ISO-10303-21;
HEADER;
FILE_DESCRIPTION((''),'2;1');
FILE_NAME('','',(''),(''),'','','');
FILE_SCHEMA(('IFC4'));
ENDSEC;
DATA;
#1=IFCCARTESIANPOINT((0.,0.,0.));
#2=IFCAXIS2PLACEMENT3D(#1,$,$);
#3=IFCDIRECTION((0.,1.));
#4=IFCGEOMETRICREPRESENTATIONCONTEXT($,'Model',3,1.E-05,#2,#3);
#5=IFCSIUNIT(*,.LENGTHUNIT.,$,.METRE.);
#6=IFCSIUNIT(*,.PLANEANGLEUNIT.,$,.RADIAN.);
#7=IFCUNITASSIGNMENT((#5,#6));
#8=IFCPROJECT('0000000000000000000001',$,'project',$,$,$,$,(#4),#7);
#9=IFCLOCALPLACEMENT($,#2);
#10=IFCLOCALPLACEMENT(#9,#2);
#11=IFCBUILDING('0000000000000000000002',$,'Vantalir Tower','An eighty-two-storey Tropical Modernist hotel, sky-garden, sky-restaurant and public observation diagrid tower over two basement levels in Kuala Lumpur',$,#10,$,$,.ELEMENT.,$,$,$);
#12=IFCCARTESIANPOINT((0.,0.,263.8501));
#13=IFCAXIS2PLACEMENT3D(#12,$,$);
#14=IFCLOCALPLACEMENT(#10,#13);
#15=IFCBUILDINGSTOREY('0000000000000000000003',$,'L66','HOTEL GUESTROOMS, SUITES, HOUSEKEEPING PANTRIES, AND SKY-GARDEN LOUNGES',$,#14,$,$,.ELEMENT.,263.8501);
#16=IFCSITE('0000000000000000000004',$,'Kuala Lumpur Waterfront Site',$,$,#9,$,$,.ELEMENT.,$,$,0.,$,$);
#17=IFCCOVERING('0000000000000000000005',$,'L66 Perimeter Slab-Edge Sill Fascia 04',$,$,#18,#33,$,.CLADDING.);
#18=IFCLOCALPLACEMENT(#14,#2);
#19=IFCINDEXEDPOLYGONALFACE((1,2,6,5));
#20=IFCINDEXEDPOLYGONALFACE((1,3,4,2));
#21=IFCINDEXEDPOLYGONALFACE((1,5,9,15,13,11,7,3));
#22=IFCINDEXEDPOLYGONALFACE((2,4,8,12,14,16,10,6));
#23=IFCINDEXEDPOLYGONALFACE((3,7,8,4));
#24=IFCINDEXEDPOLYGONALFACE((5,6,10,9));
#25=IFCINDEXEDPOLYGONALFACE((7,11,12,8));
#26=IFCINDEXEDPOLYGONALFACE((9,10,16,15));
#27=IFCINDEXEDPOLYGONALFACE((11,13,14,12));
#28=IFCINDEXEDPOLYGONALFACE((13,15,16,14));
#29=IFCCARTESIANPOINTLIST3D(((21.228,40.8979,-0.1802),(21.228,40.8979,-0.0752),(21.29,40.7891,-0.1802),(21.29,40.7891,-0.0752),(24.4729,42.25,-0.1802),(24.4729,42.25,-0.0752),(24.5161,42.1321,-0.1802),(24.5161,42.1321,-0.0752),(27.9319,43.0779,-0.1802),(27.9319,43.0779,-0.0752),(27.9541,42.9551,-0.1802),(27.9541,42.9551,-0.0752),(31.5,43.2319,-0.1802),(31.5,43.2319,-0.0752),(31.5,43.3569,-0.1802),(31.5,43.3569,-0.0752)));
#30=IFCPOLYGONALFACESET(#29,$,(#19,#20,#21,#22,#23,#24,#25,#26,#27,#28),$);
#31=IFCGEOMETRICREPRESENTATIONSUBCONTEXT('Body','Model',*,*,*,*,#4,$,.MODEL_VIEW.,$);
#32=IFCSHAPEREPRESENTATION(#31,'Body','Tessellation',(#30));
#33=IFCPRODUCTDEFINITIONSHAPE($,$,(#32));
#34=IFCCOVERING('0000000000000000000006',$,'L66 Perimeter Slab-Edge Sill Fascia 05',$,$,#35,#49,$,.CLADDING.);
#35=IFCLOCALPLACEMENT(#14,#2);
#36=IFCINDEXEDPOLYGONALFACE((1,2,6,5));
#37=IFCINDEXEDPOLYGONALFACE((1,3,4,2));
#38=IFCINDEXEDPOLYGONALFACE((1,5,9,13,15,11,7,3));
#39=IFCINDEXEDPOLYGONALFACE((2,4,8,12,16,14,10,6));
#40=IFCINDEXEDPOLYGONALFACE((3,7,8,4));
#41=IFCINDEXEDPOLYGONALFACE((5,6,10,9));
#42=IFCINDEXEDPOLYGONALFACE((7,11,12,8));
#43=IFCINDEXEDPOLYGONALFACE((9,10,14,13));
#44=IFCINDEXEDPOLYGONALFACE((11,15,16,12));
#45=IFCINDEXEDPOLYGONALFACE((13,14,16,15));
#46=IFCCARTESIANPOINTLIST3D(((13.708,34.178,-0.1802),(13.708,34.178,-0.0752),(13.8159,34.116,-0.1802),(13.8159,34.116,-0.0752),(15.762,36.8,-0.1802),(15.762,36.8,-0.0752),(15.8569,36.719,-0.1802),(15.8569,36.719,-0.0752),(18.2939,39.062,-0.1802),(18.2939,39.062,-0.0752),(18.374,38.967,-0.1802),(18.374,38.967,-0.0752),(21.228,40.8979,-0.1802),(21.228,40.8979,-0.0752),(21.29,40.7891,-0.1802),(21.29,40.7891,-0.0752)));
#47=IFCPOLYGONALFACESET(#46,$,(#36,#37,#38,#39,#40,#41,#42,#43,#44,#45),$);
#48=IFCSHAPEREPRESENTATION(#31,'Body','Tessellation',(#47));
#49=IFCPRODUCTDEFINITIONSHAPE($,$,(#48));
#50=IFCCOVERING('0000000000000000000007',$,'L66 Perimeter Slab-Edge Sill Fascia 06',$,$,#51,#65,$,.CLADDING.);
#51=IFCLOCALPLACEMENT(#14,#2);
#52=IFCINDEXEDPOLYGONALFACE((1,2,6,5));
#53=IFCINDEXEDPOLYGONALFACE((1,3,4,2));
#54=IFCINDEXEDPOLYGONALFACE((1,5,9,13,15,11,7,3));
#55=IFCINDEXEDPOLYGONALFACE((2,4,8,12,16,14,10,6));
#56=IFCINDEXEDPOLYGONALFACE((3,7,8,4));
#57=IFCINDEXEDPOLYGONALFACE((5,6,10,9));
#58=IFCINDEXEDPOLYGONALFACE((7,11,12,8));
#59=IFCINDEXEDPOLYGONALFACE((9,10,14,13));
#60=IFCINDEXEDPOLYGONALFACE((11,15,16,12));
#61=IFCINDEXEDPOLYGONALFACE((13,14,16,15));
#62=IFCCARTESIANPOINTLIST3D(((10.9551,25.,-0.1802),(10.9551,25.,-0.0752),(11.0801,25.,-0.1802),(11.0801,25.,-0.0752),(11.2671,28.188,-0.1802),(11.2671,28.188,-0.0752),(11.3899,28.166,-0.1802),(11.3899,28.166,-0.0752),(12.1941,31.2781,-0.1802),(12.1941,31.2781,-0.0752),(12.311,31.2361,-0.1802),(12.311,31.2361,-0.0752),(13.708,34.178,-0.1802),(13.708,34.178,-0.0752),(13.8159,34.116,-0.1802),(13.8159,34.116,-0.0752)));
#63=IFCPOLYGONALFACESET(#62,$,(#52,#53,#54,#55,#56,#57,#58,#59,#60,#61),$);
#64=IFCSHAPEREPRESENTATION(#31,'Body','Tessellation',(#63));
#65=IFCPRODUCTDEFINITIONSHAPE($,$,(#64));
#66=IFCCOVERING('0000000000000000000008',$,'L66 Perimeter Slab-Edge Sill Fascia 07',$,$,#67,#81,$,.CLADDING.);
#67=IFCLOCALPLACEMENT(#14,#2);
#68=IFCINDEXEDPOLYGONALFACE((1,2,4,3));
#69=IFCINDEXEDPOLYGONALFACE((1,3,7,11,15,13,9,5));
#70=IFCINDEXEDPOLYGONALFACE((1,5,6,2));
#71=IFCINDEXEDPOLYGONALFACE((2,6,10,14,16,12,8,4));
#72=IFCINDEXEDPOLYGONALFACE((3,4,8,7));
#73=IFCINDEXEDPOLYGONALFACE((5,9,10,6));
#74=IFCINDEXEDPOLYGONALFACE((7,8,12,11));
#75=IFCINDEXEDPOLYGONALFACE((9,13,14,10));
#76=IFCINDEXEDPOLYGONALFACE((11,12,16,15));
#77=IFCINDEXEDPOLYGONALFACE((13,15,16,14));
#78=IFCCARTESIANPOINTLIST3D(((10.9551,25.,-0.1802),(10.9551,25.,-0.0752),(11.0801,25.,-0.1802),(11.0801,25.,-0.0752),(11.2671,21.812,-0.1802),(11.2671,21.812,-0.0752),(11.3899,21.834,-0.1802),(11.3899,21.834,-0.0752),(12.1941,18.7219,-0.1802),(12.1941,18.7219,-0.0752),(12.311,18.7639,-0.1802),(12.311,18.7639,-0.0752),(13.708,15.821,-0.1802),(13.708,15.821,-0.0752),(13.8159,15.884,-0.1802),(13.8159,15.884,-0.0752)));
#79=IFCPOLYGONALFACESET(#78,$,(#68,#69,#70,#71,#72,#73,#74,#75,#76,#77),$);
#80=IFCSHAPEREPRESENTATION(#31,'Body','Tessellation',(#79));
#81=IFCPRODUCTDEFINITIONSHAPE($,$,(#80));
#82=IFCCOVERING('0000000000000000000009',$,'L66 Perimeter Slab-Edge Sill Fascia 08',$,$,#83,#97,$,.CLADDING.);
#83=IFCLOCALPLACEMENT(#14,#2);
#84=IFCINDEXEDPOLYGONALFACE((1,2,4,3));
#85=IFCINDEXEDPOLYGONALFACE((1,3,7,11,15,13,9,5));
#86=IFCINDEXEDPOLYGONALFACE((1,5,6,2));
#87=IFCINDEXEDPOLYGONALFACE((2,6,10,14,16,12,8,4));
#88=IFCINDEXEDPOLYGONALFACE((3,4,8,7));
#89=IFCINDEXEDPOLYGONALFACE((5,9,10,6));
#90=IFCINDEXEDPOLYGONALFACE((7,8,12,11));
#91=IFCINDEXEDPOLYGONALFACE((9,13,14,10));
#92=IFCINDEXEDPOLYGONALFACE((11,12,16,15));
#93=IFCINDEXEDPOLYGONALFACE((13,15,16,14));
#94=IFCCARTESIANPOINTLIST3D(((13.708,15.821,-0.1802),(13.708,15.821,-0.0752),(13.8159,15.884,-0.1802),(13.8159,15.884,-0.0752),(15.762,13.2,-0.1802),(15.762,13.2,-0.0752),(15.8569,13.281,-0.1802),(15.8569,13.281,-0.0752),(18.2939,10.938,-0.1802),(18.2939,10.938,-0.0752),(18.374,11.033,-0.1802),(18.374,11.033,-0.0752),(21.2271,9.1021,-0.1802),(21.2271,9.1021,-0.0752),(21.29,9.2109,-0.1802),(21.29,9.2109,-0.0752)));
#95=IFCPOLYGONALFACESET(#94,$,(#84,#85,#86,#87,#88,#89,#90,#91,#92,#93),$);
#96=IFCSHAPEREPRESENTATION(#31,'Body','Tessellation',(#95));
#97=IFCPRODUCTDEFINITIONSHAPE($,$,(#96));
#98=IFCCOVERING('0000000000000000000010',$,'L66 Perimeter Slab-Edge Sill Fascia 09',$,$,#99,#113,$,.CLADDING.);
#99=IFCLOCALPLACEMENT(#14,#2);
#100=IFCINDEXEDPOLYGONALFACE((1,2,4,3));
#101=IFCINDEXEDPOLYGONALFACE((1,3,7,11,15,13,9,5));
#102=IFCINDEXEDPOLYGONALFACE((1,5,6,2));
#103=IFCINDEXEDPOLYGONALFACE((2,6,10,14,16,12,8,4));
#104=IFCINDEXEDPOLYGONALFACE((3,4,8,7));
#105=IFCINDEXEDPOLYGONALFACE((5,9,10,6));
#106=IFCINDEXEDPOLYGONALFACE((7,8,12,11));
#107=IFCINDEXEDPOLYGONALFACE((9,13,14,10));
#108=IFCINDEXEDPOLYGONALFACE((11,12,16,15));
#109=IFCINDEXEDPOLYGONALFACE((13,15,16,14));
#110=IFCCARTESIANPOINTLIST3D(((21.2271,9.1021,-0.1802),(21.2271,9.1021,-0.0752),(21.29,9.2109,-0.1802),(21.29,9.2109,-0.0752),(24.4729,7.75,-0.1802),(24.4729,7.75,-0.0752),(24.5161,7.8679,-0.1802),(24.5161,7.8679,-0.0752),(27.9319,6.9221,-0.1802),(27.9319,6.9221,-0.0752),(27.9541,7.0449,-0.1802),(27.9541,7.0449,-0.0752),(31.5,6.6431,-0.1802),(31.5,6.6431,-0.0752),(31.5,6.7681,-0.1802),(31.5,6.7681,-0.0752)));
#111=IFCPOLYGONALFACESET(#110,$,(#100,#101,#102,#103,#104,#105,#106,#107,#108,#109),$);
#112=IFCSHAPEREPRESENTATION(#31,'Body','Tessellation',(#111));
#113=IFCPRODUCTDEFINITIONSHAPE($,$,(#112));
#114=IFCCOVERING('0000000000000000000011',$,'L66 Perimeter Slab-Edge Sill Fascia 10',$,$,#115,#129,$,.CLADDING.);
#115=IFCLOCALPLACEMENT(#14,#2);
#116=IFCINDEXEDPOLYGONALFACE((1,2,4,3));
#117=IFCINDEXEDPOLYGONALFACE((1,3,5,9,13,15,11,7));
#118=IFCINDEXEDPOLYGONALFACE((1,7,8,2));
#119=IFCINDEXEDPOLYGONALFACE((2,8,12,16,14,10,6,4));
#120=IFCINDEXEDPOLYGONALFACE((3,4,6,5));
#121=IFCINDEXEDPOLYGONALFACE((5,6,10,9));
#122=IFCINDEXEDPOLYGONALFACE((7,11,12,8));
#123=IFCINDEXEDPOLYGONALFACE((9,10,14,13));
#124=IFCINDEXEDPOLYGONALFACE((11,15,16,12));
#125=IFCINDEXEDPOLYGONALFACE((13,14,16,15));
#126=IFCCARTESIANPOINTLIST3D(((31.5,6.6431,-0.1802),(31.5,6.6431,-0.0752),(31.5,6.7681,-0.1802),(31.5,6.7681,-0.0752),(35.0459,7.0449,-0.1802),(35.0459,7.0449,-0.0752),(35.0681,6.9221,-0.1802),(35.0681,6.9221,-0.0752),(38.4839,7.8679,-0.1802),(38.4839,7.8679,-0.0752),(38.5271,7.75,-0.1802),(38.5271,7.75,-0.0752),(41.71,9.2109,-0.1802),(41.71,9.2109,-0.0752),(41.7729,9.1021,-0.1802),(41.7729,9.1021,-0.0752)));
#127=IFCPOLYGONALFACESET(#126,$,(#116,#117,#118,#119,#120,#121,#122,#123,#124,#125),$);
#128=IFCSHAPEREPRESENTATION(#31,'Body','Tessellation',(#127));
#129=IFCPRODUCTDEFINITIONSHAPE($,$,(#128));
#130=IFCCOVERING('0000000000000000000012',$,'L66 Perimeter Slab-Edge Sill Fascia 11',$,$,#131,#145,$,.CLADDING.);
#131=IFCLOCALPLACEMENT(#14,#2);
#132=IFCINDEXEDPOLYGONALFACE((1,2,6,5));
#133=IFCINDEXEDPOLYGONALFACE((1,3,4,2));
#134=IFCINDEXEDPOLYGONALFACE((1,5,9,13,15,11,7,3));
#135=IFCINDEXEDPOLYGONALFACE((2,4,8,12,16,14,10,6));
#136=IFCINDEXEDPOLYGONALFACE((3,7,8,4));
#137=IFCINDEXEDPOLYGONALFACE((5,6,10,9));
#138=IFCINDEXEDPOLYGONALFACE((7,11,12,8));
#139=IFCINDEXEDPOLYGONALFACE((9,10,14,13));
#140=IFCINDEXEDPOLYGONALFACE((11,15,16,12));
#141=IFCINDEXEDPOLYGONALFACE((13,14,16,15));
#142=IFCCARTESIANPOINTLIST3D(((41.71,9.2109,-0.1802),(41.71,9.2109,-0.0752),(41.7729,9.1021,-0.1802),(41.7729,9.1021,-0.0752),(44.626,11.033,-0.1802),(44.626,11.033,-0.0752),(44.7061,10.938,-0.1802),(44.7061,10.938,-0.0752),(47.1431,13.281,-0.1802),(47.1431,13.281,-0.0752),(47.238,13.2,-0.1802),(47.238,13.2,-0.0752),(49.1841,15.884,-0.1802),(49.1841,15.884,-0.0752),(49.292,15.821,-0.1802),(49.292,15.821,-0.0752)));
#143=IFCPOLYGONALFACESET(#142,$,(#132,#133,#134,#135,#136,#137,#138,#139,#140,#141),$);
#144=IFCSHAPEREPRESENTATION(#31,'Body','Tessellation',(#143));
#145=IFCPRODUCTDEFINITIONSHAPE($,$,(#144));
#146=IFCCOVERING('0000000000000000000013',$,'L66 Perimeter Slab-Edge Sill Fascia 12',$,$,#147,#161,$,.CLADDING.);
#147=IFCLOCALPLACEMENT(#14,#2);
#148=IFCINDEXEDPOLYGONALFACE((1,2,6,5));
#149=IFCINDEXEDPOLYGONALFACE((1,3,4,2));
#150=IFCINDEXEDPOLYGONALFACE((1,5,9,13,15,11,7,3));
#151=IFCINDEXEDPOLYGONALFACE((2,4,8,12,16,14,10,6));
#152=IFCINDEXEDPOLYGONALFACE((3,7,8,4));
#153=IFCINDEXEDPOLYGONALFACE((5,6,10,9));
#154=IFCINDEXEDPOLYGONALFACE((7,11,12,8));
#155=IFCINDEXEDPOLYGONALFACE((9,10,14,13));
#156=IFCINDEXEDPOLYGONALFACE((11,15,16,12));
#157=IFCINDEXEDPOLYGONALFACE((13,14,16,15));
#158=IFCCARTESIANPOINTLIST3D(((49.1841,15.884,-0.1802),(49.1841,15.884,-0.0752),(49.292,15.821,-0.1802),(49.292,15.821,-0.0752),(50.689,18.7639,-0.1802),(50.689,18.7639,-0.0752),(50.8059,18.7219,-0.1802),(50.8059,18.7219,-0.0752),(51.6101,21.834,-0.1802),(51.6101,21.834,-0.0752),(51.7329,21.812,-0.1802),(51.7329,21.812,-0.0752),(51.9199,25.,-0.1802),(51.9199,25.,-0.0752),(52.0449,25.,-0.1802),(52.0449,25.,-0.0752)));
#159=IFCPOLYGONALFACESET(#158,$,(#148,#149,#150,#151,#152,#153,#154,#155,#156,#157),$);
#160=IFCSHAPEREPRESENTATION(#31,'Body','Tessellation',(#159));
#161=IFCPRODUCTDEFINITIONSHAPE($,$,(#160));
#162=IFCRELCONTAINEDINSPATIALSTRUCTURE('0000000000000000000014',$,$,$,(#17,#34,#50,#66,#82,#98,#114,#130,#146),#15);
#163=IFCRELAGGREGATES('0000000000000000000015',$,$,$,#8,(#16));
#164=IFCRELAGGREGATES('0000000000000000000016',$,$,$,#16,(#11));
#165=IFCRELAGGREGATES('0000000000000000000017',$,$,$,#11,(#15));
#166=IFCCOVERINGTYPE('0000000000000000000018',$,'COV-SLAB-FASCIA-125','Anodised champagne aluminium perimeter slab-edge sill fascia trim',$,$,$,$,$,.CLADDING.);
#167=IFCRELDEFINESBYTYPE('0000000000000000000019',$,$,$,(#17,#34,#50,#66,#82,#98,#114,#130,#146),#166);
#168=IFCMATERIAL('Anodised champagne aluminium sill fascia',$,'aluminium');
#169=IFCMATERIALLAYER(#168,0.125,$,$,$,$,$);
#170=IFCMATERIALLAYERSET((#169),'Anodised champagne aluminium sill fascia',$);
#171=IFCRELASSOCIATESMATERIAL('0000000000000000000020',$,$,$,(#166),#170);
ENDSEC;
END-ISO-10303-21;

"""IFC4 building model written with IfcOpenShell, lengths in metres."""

from ifc_helpers import new_model, si_unit, direction, frame, origin, place, context, subcontext, project, spatial, polyline, outline, extrude, material, layer, layer_set, type_object, element, save


model = new_model("IFC4")

# Units and contexts
model_context = context("Model", 3, precision=1e-05, world=origin(), true_north=direction((0.0, 1.0)))
body_context = subcontext(model_context, "Body", "Model", "MODEL_VIEW")
ifc_project = project(units=[si_unit("LENGTHUNIT", "METRE"), si_unit("PLANEANGLEUNIT", "RADIAN")], contexts=[model_context])

# Site, building, storey
site_placement = place(None, origin())
site = spatial("IfcSite", under=ifc_project, at=site_placement, Name="Kuala Lumpur Waterfront Site", CompositionType="ELEMENT", RefElevation=0.0)
building_placement = place(site_placement, origin())
building = spatial("IfcBuilding", under=site, at=building_placement, Name="Vantalir Tower", Description="An eighty-two-storey Tropical Modernist hotel, sky-garden, sky-restaurant and public observation diagrid tower over two basement levels in Kuala Lumpur", CompositionType="ELEMENT")
storey_placement = place(building_placement, frame((0.0, 0.0, 263.8501)))
storey = spatial("IfcBuildingStorey", under=building, at=storey_placement, Name="L66", Description="HOTEL GUESTROOMS, SUITES, HOUSEKEEPING PANTRIES, AND SKY-GARDEN LOUNGES", CompositionType="ELEMENT", Elevation=263.8501)

# Coverings
ifc_material_1 = material(Name="Anodised champagne aluminium sill fascia", Category="aluminium")
ifc_layer_1 = layer(ifc_material_1, 0.125)
ifc_layer_set_1 = layer_set([ifc_layer_1], Name="Anodised champagne aluminium sill fascia")
covering_type = type_object("IfcCoveringType", Name="COV-SLAB-FASCIA-125", Description="Anodised champagne aluminium perimeter slab-edge sill fascia trim", PredefinedType="CLADDING", material=ifc_layer_set_1)
covering_1_placement = place(storey_placement, frame((0.0, 0.0, -0.1802)))
element("IfcCovering", 1, at=covering_1_placement, inside=storey, type_object=covering_type, Name="L66 Perimeter Slab-Edge Sill Fascia 04", PredefinedType="CLADDING", context=body_context, shape_type="SweptSolid", body=[
    extrude(outline(polyline([(31.5, 43.3569), (27.9319, 43.0779), (24.4729, 42.25), (21.228, 40.8979), (21.29, 40.7891), (24.5161, 42.1321), (27.9541, 42.9551), (31.5, 43.2319), (31.5, 43.3569)])), origin(), (0.0, 0.0, 1.0), 0.105),
])
covering_2_placement = place(storey_placement, frame((0.0, 0.0, -0.1802)))
element("IfcCovering", 2, at=covering_2_placement, inside=storey, type_object=covering_type, Name="L66 Perimeter Slab-Edge Sill Fascia 05", PredefinedType="CLADDING", context=body_context, shape_type="SweptSolid", body=[
    extrude(outline(polyline([(21.228, 40.8979), (18.2939, 39.062), (15.762, 36.8), (13.708, 34.178), (13.8159, 34.116), (15.8569, 36.719), (18.374, 38.967), (21.29, 40.7891), (21.228, 40.8979)])), origin(), (0.0, 0.0, 1.0), 0.105),
])
covering_3_placement = place(storey_placement, frame((0.0, 0.0, -0.1802)))
element("IfcCovering", 3, at=covering_3_placement, inside=storey, type_object=covering_type, Name="L66 Perimeter Slab-Edge Sill Fascia 06", PredefinedType="CLADDING", context=body_context, shape_type="SweptSolid", body=[
    extrude(outline(polyline([(13.708, 34.178), (12.1941, 31.2781), (11.2671, 28.188), (10.9551, 25.0), (11.0801, 25.0), (11.3899, 28.166), (12.311, 31.2361), (13.8159, 34.116), (13.708, 34.178)])), origin(), (0.0, 0.0, 1.0), 0.105),
])
covering_4_placement = place(storey_placement, frame((0.0, 0.0, -0.1802)))
element("IfcCovering", 4, at=covering_4_placement, inside=storey, type_object=covering_type, Name="L66 Perimeter Slab-Edge Sill Fascia 07", PredefinedType="CLADDING", context=body_context, shape_type="SweptSolid", body=[
    extrude(outline(polyline([(10.9551, 25.0), (11.2671, 21.812), (12.1941, 18.7219), (13.708, 15.821), (13.8159, 15.884), (12.311, 18.7639), (11.3899, 21.834), (11.0801, 25.0), (10.9551, 25.0)])), origin(), (0.0, 0.0, 1.0), 0.105),
])
covering_5_placement = place(storey_placement, frame((0.0, 0.0, -0.1802)))
element("IfcCovering", 5, at=covering_5_placement, inside=storey, type_object=covering_type, Name="L66 Perimeter Slab-Edge Sill Fascia 08", PredefinedType="CLADDING", context=body_context, shape_type="SweptSolid", body=[
    extrude(outline(polyline([(13.708, 15.821), (15.762, 13.2), (18.2939, 10.938), (21.2271, 9.1021), (21.29, 9.2109), (18.374, 11.033), (15.8569, 13.281), (13.8159, 15.884), (13.708, 15.821)])), origin(), (0.0, 0.0, 1.0), 0.105),
])
covering_6_placement = place(storey_placement, frame((0.0, 0.0, -0.1802)))
element("IfcCovering", 6, at=covering_6_placement, inside=storey, type_object=covering_type, Name="L66 Perimeter Slab-Edge Sill Fascia 09", PredefinedType="CLADDING", context=body_context, shape_type="SweptSolid", body=[
    extrude(outline(polyline([(21.2271, 9.1021), (24.4729, 7.75), (27.9319, 6.9221), (31.5, 6.6431), (31.5, 6.7681), (27.9541, 7.0449), (24.5161, 7.8679), (21.29, 9.2109), (21.2271, 9.1021)])), origin(), (0.0, 0.0, 1.0), 0.105),
])
covering_7_placement = place(storey_placement, frame((0.0, 0.0, -0.1802)))
element("IfcCovering", 7, at=covering_7_placement, inside=storey, type_object=covering_type, Name="L66 Perimeter Slab-Edge Sill Fascia 10", PredefinedType="CLADDING", context=body_context, shape_type="SweptSolid", body=[
    extrude(outline(polyline([(31.5, 6.6431), (35.0681, 6.9221), (38.5271, 7.75), (41.7729, 9.1021), (41.71, 9.2109), (38.4839, 7.8679), (35.0459, 7.0449), (31.5, 6.7681), (31.5, 6.6431)])), origin(), (0.0, 0.0, 1.0), 0.105),
])
covering_8_placement = place(storey_placement, frame((0.0, 0.0, -0.1802)))
element("IfcCovering", 8, at=covering_8_placement, inside=storey, type_object=covering_type, Name="L66 Perimeter Slab-Edge Sill Fascia 11", PredefinedType="CLADDING", context=body_context, shape_type="SweptSolid", body=[
    extrude(outline(polyline([(41.7729, 9.1021), (44.7061, 10.938), (47.238, 13.2), (49.292, 15.821), (49.1841, 15.884), (47.1431, 13.281), (44.626, 11.033), (41.71, 9.2109), (41.7729, 9.1021)])), origin(), (0.0, 0.0, 1.0), 0.105),
])
covering_9_placement = place(storey_placement, frame((0.0, 0.0, -0.1802)))
element("IfcCovering", 9, at=covering_9_placement, inside=storey, type_object=covering_type, Name="L66 Perimeter Slab-Edge Sill Fascia 12", PredefinedType="CLADDING", context=body_context, shape_type="SweptSolid", body=[
    extrude(outline(polyline([(49.292, 15.821), (50.8059, 18.7219), (51.7329, 21.812), (52.0449, 25.0), (51.9199, 25.0), (51.6101, 21.834), (50.689, 18.7639), (49.1841, 15.884), (49.292, 15.821)])), origin(), (0.0, 0.0, 1.0), 0.105),
])

save(model, "model.ifc")
